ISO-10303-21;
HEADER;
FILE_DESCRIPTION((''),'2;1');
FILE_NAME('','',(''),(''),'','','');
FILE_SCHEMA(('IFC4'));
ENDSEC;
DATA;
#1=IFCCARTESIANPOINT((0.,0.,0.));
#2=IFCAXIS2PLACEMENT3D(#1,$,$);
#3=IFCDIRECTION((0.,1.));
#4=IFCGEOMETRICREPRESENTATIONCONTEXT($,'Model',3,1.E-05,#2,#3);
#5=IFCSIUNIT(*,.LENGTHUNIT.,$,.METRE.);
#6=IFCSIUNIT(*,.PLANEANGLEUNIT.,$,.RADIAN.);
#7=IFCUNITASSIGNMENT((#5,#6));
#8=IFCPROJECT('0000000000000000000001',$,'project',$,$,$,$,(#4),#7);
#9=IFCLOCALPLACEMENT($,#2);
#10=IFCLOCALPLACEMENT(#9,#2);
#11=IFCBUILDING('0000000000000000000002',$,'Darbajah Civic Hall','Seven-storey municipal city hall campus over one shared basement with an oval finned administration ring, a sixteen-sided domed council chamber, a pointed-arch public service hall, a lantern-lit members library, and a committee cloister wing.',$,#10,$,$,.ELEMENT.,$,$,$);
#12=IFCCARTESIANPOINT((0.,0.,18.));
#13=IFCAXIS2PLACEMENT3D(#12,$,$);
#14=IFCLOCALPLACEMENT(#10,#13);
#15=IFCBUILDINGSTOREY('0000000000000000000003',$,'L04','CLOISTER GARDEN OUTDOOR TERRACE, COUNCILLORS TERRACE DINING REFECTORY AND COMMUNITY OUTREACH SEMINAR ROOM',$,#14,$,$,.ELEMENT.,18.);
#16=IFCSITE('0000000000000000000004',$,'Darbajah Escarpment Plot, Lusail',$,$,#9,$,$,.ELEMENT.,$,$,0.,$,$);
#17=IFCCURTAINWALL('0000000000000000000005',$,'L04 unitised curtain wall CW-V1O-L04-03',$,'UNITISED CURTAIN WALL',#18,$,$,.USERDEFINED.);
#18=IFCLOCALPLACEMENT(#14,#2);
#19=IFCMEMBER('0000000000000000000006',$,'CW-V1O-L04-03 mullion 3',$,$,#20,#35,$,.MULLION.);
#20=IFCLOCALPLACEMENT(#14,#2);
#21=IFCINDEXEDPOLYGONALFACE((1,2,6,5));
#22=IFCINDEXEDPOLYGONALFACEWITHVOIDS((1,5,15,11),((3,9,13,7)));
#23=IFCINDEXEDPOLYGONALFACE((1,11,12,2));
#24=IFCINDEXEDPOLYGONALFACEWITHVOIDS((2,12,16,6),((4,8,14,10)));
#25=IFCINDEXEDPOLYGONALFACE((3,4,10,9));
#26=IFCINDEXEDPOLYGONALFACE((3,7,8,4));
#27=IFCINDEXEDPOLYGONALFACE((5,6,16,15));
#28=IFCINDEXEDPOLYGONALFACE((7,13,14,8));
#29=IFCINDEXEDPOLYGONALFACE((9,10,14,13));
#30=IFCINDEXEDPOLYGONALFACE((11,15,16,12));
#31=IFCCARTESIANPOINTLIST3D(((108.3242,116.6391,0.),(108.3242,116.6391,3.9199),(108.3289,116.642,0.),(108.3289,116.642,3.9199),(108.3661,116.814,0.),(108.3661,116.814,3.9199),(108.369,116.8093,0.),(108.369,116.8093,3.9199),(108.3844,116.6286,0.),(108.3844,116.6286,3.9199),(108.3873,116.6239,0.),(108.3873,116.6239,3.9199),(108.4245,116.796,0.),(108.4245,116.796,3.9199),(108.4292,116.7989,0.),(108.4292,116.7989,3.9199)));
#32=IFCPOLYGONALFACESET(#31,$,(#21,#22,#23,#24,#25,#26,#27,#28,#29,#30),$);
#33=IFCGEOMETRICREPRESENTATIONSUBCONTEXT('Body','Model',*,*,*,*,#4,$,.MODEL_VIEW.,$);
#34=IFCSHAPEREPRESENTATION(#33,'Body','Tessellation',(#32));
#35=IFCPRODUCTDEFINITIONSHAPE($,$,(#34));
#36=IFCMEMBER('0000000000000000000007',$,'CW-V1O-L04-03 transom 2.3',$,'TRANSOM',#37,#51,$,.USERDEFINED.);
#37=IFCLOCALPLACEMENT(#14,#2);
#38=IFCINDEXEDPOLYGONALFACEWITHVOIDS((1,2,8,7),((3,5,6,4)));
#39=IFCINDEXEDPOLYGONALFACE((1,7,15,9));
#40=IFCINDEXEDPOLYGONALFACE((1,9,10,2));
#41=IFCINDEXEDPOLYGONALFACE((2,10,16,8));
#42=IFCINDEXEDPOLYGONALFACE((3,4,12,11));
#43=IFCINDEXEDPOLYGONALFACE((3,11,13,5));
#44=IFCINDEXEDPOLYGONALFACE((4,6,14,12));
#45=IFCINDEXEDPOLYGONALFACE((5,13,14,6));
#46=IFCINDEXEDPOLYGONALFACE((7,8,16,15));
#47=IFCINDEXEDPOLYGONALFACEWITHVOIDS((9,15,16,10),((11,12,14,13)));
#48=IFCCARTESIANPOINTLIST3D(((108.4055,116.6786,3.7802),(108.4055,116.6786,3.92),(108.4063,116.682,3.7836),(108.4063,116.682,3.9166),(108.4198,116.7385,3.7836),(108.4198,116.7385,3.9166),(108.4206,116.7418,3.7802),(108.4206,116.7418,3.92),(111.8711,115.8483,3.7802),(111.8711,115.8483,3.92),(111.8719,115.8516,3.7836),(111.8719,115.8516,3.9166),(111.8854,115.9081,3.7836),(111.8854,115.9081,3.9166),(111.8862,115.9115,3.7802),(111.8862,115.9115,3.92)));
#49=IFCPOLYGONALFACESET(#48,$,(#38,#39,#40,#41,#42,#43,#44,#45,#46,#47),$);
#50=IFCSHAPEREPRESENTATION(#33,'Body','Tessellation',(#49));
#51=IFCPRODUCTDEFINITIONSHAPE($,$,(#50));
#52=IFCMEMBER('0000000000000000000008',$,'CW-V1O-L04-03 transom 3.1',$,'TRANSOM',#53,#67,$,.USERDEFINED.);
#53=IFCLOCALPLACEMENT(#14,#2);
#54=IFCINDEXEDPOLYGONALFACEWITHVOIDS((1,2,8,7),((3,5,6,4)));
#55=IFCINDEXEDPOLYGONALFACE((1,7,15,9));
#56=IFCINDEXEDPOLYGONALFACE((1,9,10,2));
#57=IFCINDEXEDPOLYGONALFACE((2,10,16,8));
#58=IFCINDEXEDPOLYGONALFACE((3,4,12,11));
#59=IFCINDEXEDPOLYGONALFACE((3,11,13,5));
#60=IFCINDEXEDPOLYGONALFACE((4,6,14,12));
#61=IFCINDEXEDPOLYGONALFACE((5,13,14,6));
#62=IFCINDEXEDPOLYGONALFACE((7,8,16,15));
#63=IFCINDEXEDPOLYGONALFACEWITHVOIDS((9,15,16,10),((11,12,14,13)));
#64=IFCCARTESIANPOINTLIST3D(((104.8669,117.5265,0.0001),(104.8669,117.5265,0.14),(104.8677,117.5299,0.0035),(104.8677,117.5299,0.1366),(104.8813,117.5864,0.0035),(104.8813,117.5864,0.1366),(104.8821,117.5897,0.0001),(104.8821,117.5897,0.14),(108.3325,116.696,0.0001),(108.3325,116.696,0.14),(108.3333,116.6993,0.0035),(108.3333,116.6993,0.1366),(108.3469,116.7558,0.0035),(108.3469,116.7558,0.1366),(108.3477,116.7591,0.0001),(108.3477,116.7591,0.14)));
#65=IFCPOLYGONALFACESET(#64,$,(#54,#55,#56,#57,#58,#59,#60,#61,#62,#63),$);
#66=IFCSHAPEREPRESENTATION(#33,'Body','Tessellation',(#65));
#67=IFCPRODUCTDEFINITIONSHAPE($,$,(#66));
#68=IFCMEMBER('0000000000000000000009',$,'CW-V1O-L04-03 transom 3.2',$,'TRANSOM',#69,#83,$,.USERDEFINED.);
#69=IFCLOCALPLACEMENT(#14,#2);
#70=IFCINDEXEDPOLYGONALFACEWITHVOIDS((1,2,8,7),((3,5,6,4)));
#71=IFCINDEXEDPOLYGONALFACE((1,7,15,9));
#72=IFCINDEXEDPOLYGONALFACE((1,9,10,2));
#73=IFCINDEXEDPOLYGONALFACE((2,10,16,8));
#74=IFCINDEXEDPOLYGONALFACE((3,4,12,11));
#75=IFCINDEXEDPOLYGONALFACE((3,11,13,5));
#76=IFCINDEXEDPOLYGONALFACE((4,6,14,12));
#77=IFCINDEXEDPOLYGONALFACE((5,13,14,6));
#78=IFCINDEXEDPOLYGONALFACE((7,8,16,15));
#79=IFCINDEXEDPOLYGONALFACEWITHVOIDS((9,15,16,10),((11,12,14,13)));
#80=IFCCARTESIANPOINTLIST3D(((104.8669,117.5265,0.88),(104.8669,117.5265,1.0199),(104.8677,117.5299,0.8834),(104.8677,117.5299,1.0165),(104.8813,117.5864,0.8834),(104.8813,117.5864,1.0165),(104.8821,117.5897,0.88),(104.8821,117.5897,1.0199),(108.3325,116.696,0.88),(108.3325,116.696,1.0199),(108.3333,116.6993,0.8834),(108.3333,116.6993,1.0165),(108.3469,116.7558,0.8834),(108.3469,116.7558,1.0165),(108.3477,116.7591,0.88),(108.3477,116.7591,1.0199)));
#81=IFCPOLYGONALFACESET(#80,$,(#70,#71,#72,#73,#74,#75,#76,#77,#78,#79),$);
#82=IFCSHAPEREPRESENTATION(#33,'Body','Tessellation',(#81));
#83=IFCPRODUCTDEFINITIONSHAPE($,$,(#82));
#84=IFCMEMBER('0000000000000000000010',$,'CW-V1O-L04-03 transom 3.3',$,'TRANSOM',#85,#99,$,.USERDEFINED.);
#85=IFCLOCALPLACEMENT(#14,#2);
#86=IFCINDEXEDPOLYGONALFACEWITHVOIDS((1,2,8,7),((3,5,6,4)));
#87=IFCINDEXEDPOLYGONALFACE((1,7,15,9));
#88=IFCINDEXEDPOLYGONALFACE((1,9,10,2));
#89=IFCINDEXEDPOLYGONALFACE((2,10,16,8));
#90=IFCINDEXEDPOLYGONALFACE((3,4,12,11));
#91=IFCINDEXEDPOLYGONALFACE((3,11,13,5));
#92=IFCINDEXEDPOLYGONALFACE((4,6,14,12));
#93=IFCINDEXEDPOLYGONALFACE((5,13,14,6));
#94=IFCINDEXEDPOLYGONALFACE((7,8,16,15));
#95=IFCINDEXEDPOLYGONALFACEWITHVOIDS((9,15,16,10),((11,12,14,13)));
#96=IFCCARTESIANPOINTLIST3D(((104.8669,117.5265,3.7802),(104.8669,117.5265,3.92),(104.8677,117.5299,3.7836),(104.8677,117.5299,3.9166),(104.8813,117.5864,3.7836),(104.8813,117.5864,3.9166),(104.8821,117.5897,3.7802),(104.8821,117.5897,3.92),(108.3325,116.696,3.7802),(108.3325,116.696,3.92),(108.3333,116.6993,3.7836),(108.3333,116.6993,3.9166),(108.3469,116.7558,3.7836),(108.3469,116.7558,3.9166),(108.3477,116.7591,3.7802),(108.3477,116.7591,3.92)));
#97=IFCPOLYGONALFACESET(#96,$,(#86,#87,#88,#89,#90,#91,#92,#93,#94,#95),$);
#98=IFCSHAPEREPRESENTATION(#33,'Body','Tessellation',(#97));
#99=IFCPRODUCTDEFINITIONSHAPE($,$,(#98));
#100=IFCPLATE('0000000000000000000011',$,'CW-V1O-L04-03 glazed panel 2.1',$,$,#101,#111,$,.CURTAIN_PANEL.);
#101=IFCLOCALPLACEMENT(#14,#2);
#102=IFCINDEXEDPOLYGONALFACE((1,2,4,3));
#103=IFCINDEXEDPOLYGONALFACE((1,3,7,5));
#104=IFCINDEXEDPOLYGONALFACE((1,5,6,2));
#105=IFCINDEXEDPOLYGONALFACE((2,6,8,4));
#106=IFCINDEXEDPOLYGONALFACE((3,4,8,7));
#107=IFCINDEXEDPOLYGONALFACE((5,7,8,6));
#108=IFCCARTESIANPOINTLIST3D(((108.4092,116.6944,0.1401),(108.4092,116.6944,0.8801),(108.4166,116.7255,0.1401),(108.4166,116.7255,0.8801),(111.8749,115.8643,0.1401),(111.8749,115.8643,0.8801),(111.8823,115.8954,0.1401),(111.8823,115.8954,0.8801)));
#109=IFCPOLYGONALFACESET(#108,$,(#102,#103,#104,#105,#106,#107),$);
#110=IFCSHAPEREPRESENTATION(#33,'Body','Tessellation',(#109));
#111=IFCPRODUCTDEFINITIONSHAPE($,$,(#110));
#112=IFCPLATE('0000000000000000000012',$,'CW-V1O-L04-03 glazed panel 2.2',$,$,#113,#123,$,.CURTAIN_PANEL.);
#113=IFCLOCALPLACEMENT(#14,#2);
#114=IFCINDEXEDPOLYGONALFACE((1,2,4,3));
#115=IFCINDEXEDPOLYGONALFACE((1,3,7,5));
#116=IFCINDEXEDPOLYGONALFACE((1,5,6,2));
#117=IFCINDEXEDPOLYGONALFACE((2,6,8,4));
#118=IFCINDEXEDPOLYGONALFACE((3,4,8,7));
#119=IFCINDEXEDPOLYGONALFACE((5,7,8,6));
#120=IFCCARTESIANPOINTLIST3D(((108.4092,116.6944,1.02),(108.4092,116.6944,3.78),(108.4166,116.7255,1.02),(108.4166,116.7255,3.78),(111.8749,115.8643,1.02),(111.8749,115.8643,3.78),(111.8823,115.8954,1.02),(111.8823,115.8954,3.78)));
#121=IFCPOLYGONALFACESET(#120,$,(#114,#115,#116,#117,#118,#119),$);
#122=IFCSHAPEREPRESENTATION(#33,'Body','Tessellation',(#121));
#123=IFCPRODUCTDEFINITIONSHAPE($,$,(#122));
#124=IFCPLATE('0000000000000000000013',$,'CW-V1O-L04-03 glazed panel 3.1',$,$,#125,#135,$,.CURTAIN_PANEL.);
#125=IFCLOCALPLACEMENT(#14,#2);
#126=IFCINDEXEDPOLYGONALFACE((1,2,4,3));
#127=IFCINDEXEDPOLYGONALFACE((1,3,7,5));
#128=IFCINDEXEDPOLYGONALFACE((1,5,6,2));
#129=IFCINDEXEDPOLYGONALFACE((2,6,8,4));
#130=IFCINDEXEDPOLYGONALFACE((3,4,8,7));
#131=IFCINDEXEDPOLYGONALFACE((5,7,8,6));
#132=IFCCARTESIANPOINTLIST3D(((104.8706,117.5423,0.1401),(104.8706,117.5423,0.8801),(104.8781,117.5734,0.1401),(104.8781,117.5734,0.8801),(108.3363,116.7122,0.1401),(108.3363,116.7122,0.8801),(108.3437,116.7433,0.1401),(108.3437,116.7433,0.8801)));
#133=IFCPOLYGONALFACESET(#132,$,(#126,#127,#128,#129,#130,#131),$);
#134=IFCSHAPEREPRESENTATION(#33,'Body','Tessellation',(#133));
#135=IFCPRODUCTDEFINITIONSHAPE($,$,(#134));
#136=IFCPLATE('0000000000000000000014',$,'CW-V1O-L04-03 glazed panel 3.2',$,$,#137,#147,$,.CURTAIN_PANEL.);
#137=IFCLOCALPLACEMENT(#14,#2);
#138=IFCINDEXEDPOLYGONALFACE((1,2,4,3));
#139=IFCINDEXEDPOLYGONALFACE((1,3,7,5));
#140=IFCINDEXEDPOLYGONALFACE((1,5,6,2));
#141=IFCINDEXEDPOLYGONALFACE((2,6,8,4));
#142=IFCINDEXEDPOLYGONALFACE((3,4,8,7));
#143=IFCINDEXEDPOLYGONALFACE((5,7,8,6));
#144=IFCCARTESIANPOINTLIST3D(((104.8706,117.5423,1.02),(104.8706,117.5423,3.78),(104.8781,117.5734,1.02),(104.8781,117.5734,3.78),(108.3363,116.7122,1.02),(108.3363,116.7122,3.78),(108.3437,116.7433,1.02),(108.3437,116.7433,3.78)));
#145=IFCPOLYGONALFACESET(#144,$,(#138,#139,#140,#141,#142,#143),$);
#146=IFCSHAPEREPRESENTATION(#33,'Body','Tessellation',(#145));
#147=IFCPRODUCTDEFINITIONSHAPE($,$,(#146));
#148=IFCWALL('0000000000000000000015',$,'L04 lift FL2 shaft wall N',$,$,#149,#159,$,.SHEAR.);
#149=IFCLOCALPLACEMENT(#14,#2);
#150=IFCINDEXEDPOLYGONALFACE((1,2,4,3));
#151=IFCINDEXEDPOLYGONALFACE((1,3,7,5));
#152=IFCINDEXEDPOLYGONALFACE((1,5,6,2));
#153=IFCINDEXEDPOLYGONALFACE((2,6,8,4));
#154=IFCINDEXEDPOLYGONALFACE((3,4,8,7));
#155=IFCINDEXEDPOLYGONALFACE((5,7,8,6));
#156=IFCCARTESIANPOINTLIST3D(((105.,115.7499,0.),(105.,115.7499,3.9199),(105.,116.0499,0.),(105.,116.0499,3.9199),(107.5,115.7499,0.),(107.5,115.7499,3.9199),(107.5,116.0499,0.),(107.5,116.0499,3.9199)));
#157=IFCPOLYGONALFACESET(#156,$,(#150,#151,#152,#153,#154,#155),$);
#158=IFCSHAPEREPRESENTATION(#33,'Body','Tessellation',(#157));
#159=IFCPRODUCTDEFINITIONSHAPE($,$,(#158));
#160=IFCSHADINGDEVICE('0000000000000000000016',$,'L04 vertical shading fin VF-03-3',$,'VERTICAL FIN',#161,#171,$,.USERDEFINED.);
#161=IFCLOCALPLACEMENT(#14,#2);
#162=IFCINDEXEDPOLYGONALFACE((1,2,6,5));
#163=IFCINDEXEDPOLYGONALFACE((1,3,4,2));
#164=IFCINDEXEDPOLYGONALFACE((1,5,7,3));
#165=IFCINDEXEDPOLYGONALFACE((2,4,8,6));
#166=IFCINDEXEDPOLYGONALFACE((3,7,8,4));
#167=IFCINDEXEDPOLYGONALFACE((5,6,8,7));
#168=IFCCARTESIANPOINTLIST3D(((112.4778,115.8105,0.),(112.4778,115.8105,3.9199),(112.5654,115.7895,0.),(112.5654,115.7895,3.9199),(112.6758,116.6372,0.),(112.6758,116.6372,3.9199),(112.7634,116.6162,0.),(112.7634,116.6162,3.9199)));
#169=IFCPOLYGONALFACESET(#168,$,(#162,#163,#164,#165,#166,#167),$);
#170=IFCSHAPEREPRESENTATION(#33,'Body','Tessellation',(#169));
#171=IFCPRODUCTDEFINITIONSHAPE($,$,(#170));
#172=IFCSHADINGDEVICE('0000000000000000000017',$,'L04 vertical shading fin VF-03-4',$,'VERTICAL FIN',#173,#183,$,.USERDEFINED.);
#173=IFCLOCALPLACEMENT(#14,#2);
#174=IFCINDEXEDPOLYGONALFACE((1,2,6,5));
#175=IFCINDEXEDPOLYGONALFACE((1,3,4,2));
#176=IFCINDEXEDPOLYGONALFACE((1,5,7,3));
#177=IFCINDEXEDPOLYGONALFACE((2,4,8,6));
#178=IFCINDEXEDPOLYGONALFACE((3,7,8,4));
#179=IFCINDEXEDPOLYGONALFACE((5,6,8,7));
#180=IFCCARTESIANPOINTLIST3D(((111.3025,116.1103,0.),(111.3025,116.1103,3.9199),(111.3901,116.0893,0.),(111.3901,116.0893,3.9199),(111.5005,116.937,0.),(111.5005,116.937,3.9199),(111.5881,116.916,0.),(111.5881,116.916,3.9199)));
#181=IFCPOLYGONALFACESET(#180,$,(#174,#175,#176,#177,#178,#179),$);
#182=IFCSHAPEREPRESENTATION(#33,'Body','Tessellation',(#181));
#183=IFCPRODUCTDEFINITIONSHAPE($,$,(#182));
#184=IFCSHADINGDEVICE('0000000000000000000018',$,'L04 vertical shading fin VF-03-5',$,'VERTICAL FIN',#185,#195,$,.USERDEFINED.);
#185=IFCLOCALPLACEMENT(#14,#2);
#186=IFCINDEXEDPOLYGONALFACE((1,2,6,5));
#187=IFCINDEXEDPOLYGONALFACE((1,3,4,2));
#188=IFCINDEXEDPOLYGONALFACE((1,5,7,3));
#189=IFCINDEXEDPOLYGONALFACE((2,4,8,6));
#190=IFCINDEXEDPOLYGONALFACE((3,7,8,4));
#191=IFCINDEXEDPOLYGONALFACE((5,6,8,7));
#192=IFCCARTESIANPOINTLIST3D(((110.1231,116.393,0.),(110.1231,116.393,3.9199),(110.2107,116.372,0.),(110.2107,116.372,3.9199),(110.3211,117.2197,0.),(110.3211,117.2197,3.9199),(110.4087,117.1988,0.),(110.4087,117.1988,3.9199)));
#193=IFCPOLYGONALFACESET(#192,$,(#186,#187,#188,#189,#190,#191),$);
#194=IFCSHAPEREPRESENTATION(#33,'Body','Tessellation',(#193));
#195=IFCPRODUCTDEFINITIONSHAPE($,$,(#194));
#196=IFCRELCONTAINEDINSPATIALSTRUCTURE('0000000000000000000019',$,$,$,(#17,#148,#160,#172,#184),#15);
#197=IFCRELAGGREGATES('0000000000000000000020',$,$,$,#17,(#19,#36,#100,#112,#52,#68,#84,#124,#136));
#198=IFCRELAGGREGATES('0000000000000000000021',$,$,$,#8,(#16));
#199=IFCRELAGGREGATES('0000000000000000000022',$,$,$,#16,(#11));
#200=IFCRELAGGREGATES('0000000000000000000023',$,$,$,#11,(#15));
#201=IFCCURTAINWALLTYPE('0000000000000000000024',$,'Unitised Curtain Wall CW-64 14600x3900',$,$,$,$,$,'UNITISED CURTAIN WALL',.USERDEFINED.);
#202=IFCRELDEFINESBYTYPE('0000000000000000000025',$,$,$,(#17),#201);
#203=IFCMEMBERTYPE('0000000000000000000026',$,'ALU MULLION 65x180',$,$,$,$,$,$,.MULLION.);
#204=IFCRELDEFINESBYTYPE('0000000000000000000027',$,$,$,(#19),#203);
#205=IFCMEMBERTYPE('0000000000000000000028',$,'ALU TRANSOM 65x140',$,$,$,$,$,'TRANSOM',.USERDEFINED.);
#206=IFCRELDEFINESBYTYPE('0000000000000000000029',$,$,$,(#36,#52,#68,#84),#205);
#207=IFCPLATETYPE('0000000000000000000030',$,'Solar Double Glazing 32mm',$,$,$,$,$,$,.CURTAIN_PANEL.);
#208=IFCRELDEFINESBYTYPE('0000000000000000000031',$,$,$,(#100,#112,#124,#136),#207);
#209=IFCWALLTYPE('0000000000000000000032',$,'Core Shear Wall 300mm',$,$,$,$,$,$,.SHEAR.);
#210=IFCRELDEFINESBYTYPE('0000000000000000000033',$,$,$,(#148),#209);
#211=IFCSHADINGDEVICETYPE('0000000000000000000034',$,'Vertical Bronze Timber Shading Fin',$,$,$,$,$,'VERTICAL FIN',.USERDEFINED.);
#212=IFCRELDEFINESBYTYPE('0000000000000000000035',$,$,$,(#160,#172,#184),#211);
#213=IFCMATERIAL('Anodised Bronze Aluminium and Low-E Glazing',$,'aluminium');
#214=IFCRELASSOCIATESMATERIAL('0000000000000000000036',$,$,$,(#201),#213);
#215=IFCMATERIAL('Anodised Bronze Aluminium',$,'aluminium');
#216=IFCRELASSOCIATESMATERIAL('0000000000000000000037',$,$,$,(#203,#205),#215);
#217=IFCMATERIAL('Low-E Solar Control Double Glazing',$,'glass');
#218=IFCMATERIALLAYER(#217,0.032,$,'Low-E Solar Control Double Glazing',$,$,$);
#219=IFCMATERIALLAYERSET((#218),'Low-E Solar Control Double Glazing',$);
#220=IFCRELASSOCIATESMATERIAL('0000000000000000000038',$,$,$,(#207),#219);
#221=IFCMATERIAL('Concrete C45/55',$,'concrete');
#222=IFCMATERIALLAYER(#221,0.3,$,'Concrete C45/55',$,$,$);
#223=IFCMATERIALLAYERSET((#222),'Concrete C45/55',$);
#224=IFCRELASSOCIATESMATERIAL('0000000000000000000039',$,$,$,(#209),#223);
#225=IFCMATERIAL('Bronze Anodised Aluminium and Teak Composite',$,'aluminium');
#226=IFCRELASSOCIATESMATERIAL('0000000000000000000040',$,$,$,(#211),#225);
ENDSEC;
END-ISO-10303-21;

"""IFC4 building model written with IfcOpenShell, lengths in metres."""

from ifc_helpers import new_model, si_unit, direction, frame, frame_2d, origin, origin_2d, place, context, subcontext, project, spatial, rectangle, hollow_rectangle, extrude, material, layer, layer_set, material_profile, profile_set, type_object, element, aggregate, save


model = new_model("IFC4")

# Units and contexts
model_context = context("Model", 3, precision=1e-05, world=origin(), true_north=direction((0.0, 1.0)))
body_context = subcontext(model_context, "Body", "Model", "MODEL_VIEW")
ifc_project = project(units=[si_unit("LENGTHUNIT", "METRE"), si_unit("PLANEANGLEUNIT", "RADIAN")], contexts=[model_context])

# Site, building, storey
site_placement = place(None, origin())
site = spatial("IfcSite", under=ifc_project, at=site_placement, Name="Darbajah Escarpment Plot, Lusail", CompositionType="ELEMENT", RefElevation=0.0)
building_placement = place(site_placement, origin())
building = spatial("IfcBuilding", under=site, at=building_placement, Name="Darbajah Civic Hall", Description="Seven-storey municipal city hall campus over one shared basement with an oval finned administration ring, a sixteen-sided domed council chamber, a pointed-arch public service hall, a lantern-lit members library, and a committee cloister wing.", CompositionType="ELEMENT")
storey_placement = place(building_placement, frame((0.0, 0.0, 18.0)))
storey = spatial("IfcBuildingStorey", under=building, at=storey_placement, Name="L04", Description="CLOISTER GARDEN OUTDOOR TERRACE, COUNCILLORS TERRACE DINING REFECTORY AND COMMUNITY OUTREACH SEMINAR ROOM", CompositionType="ELEMENT", Elevation=18.0)

# Curtain wall, members, plates
ifc_material_1 = material(Name="Anodised Bronze Aluminium and Low-E Glazing", Category="aluminium")
curtain_wall_type = type_object("IfcCurtainWallType", Name="Unitised Curtain Wall CW-64 14600x3900", ElementType="UNITISED CURTAIN WALL", PredefinedType="USERDEFINED", material=ifc_material_1)
curtain_wall_placement = place(storey_placement, origin())
curtain_wall = element("IfcCurtainWall", 1, at=curtain_wall_placement, inside=storey, type_object=curtain_wall_type, Name="L04 unitised curtain wall CW-V1O-L04-03", ObjectType="UNITISED CURTAIN WALL", PredefinedType="USERDEFINED")
ifc_material_2 = material(Name="Anodised Bronze Aluminium", Category="aluminium")
ifc_material_profile_1 = material_profile(ifc_material_2, hollow_rectangle(XDim=0.0649, YDim=0.1799, WallThickness=0.0039, at=origin_2d()), Name="ALU MULLION 65x180")
ifc_profile_set_1 = profile_set([ifc_material_profile_1], Name="Anodised Bronze Aluminium")
member_type_1 = type_object("IfcMemberType", Name="ALU MULLION 65x180", PredefinedType="MULLION", material=ifc_profile_set_1)
member_1_placement = place(storey_placement, frame((108.3767, 116.719, 0.0), z_axis=(0.0, 0.0, 1.0), x_axis=(-0.972492, 0.232936, 0.0)))
member_1 = element("IfcMember", 2, at=member_1_placement, type_object=member_type_1, Name="CW-V1O-L04-03 mullion 3", PredefinedType="MULLION", context=body_context, shape_type="SweptSolid", body=[
    extrude(hollow_rectangle(XDim=0.0649, YDim=0.1799, WallThickness=0.0039, at=origin_2d()), origin(), (0.0, 0.0, 1.0), 3.9199),
])
ifc_material_profile_2 = material_profile(ifc_material_2, hollow_rectangle(XDim=0.0649, YDim=0.1399, WallThickness=0.0034, at=origin_2d()), Name="ALU TRANSOM 65x140")
ifc_profile_set_2 = profile_set([ifc_material_profile_2], Name="Anodised Bronze Aluminium")
member_type_2 = type_object("IfcMemberType", Name="ALU TRANSOM 65x140", ElementType="TRANSOM", PredefinedType="USERDEFINED", material=ifc_profile_set_2)
member_2_placement = place(storey_placement, frame((111.8787, 115.8799, 3.8501), z_axis=(-0.972477, 0.232997, 0.0), x_axis=(-0.232997, -0.972477, 0.0)))
member_2 = element("IfcMember", 3, at=member_2_placement, type_object=member_type_2, Name="CW-V1O-L04-03 transom 2.3", ObjectType="TRANSOM", PredefinedType="USERDEFINED", context=body_context, shape_type="SweptSolid", body=[
    extrude(hollow_rectangle(XDim=0.0649, YDim=0.1399, WallThickness=0.0034, at=origin_2d()), origin(), (0.0, 0.0, 1.0), 3.5637),
])
member_3_placement = place(storey_placement, frame((108.3401, 116.7275, 0.0701), z_axis=(-0.972462, 0.233062, 0.0), x_axis=(-0.233062, -0.972462, 0.0)))
member_3 = element("IfcMember", 4, at=member_3_placement, type_object=member_type_2, Name="CW-V1O-L04-03 transom 3.1", ObjectType="TRANSOM", PredefinedType="USERDEFINED", context=body_context, shape_type="SweptSolid", body=[
    extrude(hollow_rectangle(XDim=0.0649, YDim=0.1399, WallThickness=0.0034, at=origin_2d()), origin(), (0.0, 0.0, 1.0), 3.5637),
])
member_4_placement = place(storey_placement, frame((108.3401, 116.7275, 0.95), z_axis=(-0.972462, 0.233062, 0.0), x_axis=(-0.233062, -0.972462, 0.0)))
member_4 = element("IfcMember", 5, at=member_4_placement, type_object=member_type_2, Name="CW-V1O-L04-03 transom 3.2", ObjectType="TRANSOM", PredefinedType="USERDEFINED", context=body_context, shape_type="SweptSolid", body=[
    extrude(hollow_rectangle(XDim=0.0649, YDim=0.1399, WallThickness=0.0034, at=origin_2d()), origin(), (0.0, 0.0, 1.0), 3.5637),
])
member_5_placement = place(storey_placement, frame((108.3401, 116.7275, 3.8501), z_axis=(-0.972462, 0.233062, 0.0), x_axis=(-0.233062, -0.972462, 0.0)))
member_5 = element("IfcMember", 6, at=member_5_placement, type_object=member_type_2, Name="CW-V1O-L04-03 transom 3.3", ObjectType="TRANSOM", PredefinedType="USERDEFINED", context=body_context, shape_type="SweptSolid", body=[
    extrude(hollow_rectangle(XDim=0.0649, YDim=0.1399, WallThickness=0.0034, at=origin_2d()), origin(), (0.0, 0.0, 1.0), 3.5637),
])
ifc_material_3 = material(Name="Low-E Solar Control Double Glazing", Category="glass")
ifc_layer_1 = layer(ifc_material_3, 0.032, Name="Low-E Solar Control Double Glazing")
ifc_layer_set_1 = layer_set([ifc_layer_1], Name="Low-E Solar Control Double Glazing")
plate_type = type_object("IfcPlateType", Name="Solar Double Glazing 32mm", PredefinedType="CURTAIN_PANEL", material=ifc_layer_set_1)
plate_1_placement = place(storey_placement, frame((110.1458, 116.2949, 0.1401), z_axis=(0.0, 0.0, 1.0), x_axis=(-0.972492, 0.232936, 0.0)))
plate_1 = element("IfcPlate", 7, at=plate_1_placement, type_object=plate_type, Name="CW-V1O-L04-03 glazed panel 2.1", PredefinedType="CURTAIN_PANEL", context=body_context, shape_type="SweptSolid", body=[
    extrude(rectangle(XDim=3.5637, YDim=0.032, at=origin_2d()), origin(), (0.0, 0.0, 1.0), 0.74),
])
plate_2_placement = place(storey_placement, frame((110.1458, 116.2949, 1.02), z_axis=(0.0, 0.0, 1.0), x_axis=(-0.972492, 0.232936, 0.0)))
plate_2 = element("IfcPlate", 8, at=plate_2_placement, type_object=plate_type, Name="CW-V1O-L04-03 glazed panel 2.2", PredefinedType="CURTAIN_PANEL", context=body_context, shape_type="SweptSolid", body=[
    extrude(rectangle(XDim=3.5637, YDim=0.032, at=origin_2d()), origin(), (0.0, 0.0, 1.0), 2.76),
])
plate_3_placement = place(storey_placement, frame((106.6072, 117.1428, 0.1401), z_axis=(0.0, 0.0, 1.0), x_axis=(-0.972492, 0.232936, 0.0)))
plate_3 = element("IfcPlate", 9, at=plate_3_placement, type_object=plate_type, Name="CW-V1O-L04-03 glazed panel 3.1", PredefinedType="CURTAIN_PANEL", context=body_context, shape_type="SweptSolid", body=[
    extrude(rectangle(XDim=3.5637, YDim=0.032, at=origin_2d()), origin(), (0.0, 0.0, 1.0), 0.74),
])
plate_4_placement = place(storey_placement, frame((106.6072, 117.1428, 1.02), z_axis=(0.0, 0.0, 1.0), x_axis=(-0.972492, 0.232936, 0.0)))
plate_4 = element("IfcPlate", 10, at=plate_4_placement, type_object=plate_type, Name="CW-V1O-L04-03 glazed panel 3.2", PredefinedType="CURTAIN_PANEL", context=body_context, shape_type="SweptSolid", body=[
    extrude(rectangle(XDim=3.5637, YDim=0.032, at=origin_2d()), origin(), (0.0, 0.0, 1.0), 2.76),
])
aggregate(curtain_wall, [member_1, member_2, plate_1, plate_2, member_3, member_4, member_5, plate_3, plate_4])

# Wall
ifc_material_4 = material(Name="Concrete C45/55", Category="concrete")
ifc_layer_2 = layer(ifc_material_4, 0.3, Name="Concrete C45/55")
ifc_layer_set_2 = layer_set([ifc_layer_2], Name="Concrete C45/55")
wall_type = type_object("IfcWallType", Name="Core Shear Wall 300mm", PredefinedType="SHEAR", material=ifc_layer_set_2)
wall_placement = place(storey_placement, frame((107.5, 115.8999, 0.0), z_axis=(0.0, 0.0, 1.0), x_axis=(-1.0, 0.0, 0.0)))
element("IfcWall", 11, at=wall_placement, inside=storey, type_object=wall_type, Name="L04 lift FL2 shaft wall N", PredefinedType="SHEAR", context=body_context, shape_type="SweptSolid", body=[
    extrude(rectangle(XDim=2.5, YDim=0.3, at=frame_2d((1.25, 0.0))), origin(), (0.0, 0.0, 1.0), 3.9199),
])

# Shading devices
ifc_material_5 = material(Name="Bronze Anodised Aluminium and Teak Composite", Category="aluminium")
shading_device_type = type_object("IfcShadingDeviceType", Name="Vertical Bronze Timber Shading Fin", ElementType="VERTICAL FIN", PredefinedType="USERDEFINED", material=ifc_material_5)
for number, where, z_axis, x_axis, name in (
    (12, (112.6206, 116.2134, 0.0), (0.0, 0.0, 1.0), (0.232936, 0.972492, 0.0), "L04 vertical shading fin VF-03-3"),
    (13, (111.4453, 116.5132, 0.0), (0.0, 0.0, 1.0), (0.232936, 0.972492, 0.0), "L04 vertical shading fin VF-03-4"),
    (14, (110.2659, 116.7959, 0.0), (0.0, 0.0, 1.0), (0.232936, 0.972492, 0.0), "L04 vertical shading fin VF-03-5"),
):
    element("IfcShadingDevice", number, at=place(storey_placement, frame(where, z_axis=z_axis, x_axis=x_axis)), inside=storey, type_object=shading_device_type, Name=name, ObjectType="VERTICAL FIN", PredefinedType="USERDEFINED", context=body_context, shape_type="SweptSolid", body=[
        extrude(rectangle(XDim=0.8501, YDim=0.0901, at=origin_2d()), origin(), (0.0, 0.0, 1.0), 3.9199),
    ])

save(model, "model.ifc")
